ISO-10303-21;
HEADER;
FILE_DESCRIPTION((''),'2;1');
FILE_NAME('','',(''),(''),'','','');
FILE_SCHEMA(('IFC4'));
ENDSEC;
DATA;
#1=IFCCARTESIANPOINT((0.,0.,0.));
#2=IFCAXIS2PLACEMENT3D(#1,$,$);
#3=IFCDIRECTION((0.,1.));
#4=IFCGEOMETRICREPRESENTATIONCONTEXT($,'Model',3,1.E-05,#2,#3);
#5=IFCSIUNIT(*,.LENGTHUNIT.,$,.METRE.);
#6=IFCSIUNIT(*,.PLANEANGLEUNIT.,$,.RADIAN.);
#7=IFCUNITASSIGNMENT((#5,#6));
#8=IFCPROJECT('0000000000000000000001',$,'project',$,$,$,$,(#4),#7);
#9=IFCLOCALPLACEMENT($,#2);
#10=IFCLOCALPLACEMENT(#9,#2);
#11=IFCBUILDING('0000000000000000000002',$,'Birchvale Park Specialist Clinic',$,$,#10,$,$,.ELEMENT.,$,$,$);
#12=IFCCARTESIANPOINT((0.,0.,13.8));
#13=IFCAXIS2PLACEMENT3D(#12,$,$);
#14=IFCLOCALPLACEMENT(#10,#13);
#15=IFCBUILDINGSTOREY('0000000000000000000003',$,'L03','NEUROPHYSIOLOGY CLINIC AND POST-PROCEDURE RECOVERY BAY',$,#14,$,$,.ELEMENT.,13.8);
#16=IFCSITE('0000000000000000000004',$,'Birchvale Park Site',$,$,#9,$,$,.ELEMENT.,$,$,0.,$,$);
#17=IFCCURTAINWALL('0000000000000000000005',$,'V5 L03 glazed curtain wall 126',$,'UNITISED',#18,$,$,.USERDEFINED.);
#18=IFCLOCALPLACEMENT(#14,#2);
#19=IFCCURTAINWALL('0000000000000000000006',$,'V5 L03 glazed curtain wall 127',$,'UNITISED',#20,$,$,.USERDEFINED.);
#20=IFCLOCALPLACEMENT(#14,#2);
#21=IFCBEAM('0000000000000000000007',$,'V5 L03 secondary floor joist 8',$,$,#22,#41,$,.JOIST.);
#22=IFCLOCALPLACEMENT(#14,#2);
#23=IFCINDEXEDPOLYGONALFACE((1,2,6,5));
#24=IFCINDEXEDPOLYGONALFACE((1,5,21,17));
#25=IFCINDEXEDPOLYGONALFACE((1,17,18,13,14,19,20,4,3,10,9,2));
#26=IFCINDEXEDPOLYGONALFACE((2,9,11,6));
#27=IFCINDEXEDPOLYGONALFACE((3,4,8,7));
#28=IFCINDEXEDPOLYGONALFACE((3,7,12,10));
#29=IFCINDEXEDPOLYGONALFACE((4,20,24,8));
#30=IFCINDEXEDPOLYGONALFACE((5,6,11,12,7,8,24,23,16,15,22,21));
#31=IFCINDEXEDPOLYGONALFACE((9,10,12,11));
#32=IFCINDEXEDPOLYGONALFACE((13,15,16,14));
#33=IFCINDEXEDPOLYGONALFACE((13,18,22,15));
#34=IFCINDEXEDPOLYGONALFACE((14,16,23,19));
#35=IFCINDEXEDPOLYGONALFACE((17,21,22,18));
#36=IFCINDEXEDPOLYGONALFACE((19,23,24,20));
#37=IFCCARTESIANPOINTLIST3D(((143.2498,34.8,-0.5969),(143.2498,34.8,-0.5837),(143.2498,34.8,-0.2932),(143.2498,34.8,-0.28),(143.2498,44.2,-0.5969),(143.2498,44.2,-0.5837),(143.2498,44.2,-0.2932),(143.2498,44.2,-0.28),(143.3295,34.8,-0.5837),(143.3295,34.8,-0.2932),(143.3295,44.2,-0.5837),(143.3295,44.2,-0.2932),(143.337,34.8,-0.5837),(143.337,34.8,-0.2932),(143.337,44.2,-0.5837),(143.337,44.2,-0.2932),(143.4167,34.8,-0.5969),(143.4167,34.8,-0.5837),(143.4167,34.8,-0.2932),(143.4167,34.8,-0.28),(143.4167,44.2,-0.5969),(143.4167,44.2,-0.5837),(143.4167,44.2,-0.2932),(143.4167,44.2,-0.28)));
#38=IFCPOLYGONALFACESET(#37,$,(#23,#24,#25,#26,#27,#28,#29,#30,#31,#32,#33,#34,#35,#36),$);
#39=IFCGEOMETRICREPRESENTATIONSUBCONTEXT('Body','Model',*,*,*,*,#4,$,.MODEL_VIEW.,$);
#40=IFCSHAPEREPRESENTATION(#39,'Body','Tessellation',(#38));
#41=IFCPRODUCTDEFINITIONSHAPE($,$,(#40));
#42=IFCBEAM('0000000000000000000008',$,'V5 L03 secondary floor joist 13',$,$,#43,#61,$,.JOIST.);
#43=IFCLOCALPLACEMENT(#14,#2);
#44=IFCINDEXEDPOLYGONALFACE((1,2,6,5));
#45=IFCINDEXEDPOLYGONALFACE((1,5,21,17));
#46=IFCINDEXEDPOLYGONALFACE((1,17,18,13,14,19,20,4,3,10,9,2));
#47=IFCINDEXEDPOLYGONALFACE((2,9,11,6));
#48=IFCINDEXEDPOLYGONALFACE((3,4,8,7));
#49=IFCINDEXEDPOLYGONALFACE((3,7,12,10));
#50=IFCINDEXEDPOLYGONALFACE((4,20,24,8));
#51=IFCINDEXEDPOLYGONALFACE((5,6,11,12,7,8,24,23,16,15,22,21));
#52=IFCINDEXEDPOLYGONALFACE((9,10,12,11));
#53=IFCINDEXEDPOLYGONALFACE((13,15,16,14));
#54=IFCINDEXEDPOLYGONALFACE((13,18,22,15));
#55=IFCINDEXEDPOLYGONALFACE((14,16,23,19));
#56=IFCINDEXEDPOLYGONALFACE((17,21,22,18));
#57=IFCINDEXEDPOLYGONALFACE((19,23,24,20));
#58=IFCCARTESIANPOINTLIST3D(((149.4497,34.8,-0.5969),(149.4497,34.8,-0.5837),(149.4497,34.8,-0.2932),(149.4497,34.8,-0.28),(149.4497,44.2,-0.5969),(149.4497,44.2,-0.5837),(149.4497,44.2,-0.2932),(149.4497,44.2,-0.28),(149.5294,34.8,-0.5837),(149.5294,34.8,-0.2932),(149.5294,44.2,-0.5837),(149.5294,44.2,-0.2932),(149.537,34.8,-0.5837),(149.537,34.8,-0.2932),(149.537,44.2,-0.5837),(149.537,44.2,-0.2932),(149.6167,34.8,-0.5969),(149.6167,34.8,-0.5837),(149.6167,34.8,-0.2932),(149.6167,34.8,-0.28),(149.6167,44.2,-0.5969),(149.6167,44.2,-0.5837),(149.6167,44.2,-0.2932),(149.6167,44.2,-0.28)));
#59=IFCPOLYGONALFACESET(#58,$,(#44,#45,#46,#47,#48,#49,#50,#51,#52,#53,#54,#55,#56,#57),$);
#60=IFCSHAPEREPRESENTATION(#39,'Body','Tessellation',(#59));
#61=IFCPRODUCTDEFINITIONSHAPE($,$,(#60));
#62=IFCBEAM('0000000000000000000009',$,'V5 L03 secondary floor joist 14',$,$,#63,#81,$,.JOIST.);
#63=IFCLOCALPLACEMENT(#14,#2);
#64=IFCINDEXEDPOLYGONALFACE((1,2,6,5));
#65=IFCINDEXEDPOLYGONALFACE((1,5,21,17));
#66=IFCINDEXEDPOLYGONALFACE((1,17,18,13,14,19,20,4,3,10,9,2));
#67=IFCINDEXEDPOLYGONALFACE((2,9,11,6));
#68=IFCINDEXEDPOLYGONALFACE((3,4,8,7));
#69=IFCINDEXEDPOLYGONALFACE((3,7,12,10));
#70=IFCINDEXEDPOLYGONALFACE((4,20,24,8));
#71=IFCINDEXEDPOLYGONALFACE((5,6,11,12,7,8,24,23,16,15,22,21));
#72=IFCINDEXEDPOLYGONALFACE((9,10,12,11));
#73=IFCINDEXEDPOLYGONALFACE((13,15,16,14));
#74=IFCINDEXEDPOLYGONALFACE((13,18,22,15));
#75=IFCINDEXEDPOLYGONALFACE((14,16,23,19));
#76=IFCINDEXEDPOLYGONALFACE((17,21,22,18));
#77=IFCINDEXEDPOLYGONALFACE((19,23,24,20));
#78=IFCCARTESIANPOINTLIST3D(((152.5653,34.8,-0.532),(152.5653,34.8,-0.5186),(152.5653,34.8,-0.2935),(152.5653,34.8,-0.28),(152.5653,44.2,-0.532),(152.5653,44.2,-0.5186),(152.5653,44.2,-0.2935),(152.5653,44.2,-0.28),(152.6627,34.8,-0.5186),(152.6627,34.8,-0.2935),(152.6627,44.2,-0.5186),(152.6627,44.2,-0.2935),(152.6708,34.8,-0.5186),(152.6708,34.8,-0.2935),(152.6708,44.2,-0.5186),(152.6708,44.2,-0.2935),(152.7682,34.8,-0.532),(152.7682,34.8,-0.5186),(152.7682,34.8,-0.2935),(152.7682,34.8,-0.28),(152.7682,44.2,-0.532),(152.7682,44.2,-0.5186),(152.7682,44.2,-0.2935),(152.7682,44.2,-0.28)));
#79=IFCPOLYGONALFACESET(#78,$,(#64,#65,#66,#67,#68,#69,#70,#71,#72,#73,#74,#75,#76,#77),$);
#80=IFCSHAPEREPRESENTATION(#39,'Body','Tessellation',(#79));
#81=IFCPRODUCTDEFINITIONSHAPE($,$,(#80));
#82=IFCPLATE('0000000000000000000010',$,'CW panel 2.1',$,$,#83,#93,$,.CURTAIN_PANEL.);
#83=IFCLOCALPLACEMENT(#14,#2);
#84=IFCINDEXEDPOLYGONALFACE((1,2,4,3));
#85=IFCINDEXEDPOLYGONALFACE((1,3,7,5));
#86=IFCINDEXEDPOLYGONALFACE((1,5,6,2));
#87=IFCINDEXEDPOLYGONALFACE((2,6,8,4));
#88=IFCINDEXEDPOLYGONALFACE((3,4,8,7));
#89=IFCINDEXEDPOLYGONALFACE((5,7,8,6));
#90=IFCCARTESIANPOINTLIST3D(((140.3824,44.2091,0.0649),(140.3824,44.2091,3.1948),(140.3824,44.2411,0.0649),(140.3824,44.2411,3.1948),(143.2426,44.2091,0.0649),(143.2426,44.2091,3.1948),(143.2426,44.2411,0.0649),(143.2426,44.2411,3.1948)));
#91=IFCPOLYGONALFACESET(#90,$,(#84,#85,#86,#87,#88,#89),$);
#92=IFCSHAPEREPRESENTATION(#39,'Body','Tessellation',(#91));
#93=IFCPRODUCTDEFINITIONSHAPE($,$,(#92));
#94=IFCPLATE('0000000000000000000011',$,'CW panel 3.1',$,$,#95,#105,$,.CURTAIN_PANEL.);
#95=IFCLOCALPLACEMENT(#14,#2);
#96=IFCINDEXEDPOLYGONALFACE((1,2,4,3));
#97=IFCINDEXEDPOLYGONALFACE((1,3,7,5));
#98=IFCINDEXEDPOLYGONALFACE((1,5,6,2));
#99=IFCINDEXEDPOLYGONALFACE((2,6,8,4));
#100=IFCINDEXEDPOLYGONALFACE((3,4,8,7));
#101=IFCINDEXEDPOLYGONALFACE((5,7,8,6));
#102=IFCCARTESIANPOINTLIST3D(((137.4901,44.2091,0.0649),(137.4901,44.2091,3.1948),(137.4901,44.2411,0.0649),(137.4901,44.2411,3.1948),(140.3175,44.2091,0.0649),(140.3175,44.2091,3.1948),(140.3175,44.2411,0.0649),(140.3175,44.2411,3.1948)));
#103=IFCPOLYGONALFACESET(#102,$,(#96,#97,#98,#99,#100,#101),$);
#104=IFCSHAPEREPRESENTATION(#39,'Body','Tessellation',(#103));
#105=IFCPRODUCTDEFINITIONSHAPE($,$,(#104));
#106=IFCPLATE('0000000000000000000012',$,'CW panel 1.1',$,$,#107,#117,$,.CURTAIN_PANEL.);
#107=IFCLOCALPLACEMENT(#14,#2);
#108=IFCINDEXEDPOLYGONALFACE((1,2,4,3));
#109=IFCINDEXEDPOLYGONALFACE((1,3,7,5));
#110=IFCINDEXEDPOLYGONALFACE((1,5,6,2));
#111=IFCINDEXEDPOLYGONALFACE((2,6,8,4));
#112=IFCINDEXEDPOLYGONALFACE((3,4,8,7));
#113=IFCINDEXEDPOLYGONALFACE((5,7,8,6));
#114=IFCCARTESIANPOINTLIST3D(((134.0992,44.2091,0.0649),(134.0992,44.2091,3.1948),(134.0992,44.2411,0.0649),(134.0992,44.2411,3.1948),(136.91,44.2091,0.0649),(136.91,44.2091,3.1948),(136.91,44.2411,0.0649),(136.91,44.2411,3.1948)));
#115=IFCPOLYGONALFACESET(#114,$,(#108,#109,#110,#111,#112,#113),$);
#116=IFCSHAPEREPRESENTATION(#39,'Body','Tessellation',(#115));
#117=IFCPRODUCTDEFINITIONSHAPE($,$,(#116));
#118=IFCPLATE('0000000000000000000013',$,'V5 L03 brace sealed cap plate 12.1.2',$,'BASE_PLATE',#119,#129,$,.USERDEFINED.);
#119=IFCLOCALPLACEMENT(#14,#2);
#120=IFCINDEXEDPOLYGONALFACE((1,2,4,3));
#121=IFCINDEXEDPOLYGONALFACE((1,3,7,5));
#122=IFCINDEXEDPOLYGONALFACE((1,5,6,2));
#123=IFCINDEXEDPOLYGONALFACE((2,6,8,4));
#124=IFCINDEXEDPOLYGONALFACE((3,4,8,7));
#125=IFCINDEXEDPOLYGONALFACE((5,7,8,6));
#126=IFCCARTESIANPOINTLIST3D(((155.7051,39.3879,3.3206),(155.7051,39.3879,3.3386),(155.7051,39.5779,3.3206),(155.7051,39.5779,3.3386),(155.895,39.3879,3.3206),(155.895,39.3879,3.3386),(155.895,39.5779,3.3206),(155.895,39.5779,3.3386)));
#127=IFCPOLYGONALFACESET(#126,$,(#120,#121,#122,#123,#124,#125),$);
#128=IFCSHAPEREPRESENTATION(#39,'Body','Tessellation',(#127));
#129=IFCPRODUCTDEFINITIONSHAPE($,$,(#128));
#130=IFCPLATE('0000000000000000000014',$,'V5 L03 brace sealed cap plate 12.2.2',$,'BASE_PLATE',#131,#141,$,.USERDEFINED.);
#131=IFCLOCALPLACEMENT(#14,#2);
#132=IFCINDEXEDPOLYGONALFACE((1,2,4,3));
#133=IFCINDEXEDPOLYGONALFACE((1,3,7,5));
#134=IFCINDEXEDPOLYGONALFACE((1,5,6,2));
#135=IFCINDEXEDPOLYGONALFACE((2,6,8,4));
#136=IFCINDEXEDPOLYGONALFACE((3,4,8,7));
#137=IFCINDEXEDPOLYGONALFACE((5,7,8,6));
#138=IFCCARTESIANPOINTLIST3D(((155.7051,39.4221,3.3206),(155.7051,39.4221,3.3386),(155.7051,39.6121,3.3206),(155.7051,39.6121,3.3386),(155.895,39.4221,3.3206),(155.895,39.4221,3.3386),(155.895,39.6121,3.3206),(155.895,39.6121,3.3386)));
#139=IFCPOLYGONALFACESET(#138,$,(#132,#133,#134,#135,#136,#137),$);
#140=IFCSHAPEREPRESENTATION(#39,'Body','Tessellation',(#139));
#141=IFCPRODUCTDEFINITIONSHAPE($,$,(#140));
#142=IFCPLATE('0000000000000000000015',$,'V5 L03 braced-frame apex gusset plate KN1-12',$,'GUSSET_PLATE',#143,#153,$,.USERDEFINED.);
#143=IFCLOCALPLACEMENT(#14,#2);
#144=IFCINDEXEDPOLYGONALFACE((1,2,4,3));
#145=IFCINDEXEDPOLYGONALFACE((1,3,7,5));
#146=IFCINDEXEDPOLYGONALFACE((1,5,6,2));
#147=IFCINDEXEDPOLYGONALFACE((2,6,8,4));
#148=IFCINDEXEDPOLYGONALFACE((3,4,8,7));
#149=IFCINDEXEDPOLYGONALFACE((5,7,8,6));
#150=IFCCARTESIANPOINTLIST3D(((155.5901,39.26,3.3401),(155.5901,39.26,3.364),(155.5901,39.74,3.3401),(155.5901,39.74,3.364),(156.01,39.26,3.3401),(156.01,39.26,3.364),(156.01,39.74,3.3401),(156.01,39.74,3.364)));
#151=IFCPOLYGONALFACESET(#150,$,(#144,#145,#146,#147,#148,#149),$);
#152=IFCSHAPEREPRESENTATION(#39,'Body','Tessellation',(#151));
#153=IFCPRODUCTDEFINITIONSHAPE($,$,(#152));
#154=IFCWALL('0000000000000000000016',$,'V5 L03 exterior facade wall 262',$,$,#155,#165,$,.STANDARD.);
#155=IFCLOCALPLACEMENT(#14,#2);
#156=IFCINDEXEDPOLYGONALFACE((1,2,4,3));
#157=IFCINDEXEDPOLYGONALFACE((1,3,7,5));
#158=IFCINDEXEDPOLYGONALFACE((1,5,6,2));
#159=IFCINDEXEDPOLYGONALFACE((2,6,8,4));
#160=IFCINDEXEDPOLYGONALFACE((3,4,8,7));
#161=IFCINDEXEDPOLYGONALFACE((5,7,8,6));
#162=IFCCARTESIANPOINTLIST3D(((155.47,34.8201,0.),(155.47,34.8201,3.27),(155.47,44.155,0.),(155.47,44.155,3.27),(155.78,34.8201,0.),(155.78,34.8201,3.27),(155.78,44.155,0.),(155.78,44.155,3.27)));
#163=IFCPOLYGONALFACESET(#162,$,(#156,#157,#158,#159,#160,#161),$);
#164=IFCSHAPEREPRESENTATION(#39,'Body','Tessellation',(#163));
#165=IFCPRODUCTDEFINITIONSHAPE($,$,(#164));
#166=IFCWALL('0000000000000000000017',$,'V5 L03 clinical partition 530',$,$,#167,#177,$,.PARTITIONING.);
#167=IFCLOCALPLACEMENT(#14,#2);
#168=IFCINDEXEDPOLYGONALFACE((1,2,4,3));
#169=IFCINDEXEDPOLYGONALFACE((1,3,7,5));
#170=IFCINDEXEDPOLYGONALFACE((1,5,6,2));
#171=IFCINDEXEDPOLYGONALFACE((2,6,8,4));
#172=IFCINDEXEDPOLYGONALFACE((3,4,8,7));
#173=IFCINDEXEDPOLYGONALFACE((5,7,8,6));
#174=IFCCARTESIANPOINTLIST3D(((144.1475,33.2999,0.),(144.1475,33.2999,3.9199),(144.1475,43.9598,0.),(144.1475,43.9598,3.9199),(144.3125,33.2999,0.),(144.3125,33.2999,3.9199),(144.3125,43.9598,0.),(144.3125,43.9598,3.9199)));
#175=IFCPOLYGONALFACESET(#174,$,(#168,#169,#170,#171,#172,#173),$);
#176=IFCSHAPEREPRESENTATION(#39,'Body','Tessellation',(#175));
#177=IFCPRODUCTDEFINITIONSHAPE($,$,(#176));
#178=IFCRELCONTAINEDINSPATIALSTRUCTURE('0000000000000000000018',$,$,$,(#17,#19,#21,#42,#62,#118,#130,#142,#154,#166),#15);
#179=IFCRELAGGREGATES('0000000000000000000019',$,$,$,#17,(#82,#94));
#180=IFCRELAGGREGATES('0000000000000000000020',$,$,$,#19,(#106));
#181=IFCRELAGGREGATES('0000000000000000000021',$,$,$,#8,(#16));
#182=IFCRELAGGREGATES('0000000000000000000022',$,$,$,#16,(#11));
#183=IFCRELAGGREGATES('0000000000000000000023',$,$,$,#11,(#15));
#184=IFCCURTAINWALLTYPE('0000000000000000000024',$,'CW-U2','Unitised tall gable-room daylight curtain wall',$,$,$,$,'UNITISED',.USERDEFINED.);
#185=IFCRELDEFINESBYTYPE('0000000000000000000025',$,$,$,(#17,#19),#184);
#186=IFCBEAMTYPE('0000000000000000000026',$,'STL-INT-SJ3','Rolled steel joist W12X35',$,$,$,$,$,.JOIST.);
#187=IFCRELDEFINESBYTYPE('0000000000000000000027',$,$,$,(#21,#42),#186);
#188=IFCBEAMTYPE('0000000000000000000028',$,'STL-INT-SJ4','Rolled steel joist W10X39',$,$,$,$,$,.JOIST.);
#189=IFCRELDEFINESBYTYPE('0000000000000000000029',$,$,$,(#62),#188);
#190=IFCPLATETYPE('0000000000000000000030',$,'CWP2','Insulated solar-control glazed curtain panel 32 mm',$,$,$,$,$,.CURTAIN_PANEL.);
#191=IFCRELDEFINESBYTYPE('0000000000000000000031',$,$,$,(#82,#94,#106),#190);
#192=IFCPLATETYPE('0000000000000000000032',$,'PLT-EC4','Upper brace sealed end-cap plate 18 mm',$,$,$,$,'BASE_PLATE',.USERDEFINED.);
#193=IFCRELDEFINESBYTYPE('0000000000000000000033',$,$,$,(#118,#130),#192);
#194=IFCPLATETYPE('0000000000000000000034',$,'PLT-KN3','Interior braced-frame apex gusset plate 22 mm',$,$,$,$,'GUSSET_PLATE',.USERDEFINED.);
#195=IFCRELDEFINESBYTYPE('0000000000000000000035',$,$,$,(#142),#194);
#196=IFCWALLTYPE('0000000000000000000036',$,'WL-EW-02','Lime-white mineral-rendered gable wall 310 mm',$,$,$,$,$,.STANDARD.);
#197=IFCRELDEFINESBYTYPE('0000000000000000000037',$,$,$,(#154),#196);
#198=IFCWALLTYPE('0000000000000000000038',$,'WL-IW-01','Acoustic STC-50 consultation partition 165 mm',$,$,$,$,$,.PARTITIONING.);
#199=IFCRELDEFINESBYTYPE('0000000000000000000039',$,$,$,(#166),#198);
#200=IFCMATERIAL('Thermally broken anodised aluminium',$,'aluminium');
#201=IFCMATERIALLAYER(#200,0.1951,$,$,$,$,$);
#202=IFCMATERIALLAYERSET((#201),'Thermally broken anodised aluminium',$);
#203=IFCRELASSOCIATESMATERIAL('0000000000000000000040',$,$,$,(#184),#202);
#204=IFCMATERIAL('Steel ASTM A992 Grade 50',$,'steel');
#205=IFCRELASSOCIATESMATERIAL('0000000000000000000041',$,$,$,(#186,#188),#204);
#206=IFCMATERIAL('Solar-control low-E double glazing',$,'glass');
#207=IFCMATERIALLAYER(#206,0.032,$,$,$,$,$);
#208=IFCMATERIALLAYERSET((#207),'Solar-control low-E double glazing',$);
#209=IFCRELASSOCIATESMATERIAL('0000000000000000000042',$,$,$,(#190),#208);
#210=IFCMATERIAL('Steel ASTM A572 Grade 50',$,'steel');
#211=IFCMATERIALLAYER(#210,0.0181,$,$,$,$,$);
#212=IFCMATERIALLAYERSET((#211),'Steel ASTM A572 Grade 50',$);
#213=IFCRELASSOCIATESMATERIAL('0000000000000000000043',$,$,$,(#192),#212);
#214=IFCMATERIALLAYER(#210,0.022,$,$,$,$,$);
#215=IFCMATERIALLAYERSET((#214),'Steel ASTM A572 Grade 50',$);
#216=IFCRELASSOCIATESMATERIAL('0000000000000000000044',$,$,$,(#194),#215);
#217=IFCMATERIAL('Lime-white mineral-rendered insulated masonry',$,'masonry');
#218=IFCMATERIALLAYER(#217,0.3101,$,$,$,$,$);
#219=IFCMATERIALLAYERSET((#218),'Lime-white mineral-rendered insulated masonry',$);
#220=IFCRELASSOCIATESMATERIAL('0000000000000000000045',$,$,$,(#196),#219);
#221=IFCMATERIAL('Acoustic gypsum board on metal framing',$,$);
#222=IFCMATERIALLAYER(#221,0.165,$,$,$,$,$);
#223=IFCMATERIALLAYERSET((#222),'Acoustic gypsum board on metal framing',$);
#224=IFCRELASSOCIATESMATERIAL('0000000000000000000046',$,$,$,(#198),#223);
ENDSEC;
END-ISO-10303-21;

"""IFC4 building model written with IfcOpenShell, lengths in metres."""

from ifc_helpers import new_model, si_unit, direction, frame, frame_2d, origin, origin_2d, place, context, subcontext, project, spatial, rectangle, i_section, extrude, material, layer, layer_set, material_profile, profile_set, type_object, element, aggregate, save


model = new_model("IFC4")

# Units and contexts
model_context = context("Model", 3, precision=1e-05, world=origin(), true_north=direction((0.0, 1.0)))
body_context = subcontext(model_context, "Body", "Model", "MODEL_VIEW")
ifc_project = project(units=[si_unit("LENGTHUNIT", "METRE"), si_unit("PLANEANGLEUNIT", "RADIAN")], contexts=[model_context])

# Site, building, storey
site_placement = place(None, origin())
site = spatial("IfcSite", under=ifc_project, at=site_placement, Name="Birchvale Park Site", CompositionType="ELEMENT", RefElevation=0.0)
building_placement = place(site_placement, origin())
building = spatial("IfcBuilding", under=site, at=building_placement, Name="Birchvale Park Specialist Clinic", CompositionType="ELEMENT")
storey_placement = place(building_placement, frame((0.0, 0.0, 13.8)))
storey = spatial("IfcBuildingStorey", under=building, at=storey_placement, Name="L03", Description="NEUROPHYSIOLOGY CLINIC AND POST-PROCEDURE RECOVERY BAY", CompositionType="ELEMENT", Elevation=13.8)

# Curtain wall
ifc_material_1 = material(Name="Thermally broken anodised aluminium", Category="aluminium")
ifc_layer_1 = layer(ifc_material_1, 0.1951)
ifc_layer_set_1 = layer_set([ifc_layer_1], Name="Thermally broken anodised aluminium")
curtain_wall_type = type_object("IfcCurtainWallType", Name="CW-U2", Description="Unitised tall gable-room daylight curtain wall", ElementType="UNITISED", PredefinedType="USERDEFINED", material=ifc_layer_set_1)
curtain_wall_1_placement = place(storey_placement, origin())
curtain_wall_1 = element("IfcCurtainWall", 1, at=curtain_wall_1_placement, inside=storey, type_object=curtain_wall_type, Name="V5 L03 glazed curtain wall 126", ObjectType="UNITISED", PredefinedType="USERDEFINED")

# Curtain wall
curtain_wall_2_placement = place(storey_placement, origin())
curtain_wall_2 = element("IfcCurtainWall", 2, at=curtain_wall_2_placement, inside=storey, type_object=curtain_wall_type, Name="V5 L03 glazed curtain wall 127", ObjectType="UNITISED", PredefinedType="USERDEFINED")

# Beams
ifc_material_2 = material(Name="Steel ASTM A992 Grade 50", Category="steel")
ifc_material_profile_1 = material_profile(ifc_material_2, i_section(OverallWidth=0.167, OverallDepth=0.3169, WebThickness=0.0076, FlangeThickness=0.0132, at=origin_2d()), Name="W12X35")
ifc_profile_set_1 = profile_set([ifc_material_profile_1], Name="Steel ASTM A992 Grade 50")
beam_type_1 = type_object("IfcBeamType", Name="STL-INT-SJ3", Description="Rolled steel joist W12X35", PredefinedType="JOIST", material=ifc_profile_set_1)
for number, where, z_axis, x_axis, name in (
    (3, (143.3333, 34.8, -0.4385), (0.0, 1.0, 0.0), (-1.0, 0.0, 0.0), "V5 L03 secondary floor joist 8"),
    (4, (149.5332, 34.8, -0.4385), (0.0, 1.0, 0.0), (-1.0, 0.0, 0.0), "V5 L03 secondary floor joist 13"),
):
    element("IfcBeam", number, at=place(storey_placement, frame(where, z_axis=z_axis, x_axis=x_axis)), inside=storey, type_object=beam_type_1, Name=name, PredefinedType="JOIST", context=body_context, shape_type="SweptSolid", body=[
        extrude(i_section(OverallWidth=0.167, OverallDepth=0.3169, WebThickness=0.0076, FlangeThickness=0.0132, at=origin_2d()), origin(), (0.0, 0.0, 1.0), 9.3999),
    ])
ifc_material_profile_2 = material_profile(ifc_material_2, i_section(OverallWidth=0.2029, OverallDepth=0.252, WebThickness=0.0081, FlangeThickness=0.0134, at=origin_2d()), Name="W10X39")
ifc_profile_set_2 = profile_set([ifc_material_profile_2], Name="Steel ASTM A992 Grade 50")
beam_type_2 = type_object("IfcBeamType", Name="STL-INT-SJ4", Description="Rolled steel joist W10X39", PredefinedType="JOIST", material=ifc_profile_set_2)
beam_1_placement = place(storey_placement, frame((152.6667, 34.8, -0.406), z_axis=(0.0, 1.0, 0.0), x_axis=(-1.0, 0.0, 0.0)))
element("IfcBeam", 5, at=beam_1_placement, inside=storey, type_object=beam_type_2, Name="V5 L03 secondary floor joist 14", PredefinedType="JOIST", context=body_context, shape_type="SweptSolid", body=[
    extrude(i_section(OverallWidth=0.2029, OverallDepth=0.252, WebThickness=0.0081, FlangeThickness=0.0134, at=origin_2d()), origin(), (0.0, 0.0, 1.0), 9.3999),
])

# Plates
ifc_material_3 = material(Name="Solar-control low-E double glazing", Category="glass")
ifc_layer_2 = layer(ifc_material_3, 0.032)
ifc_layer_set_2 = layer_set([ifc_layer_2], Name="Solar-control low-E double glazing")
plate_type_1 = type_object("IfcPlateType", Name="CWP2", Description="Insulated solar-control glazed curtain panel 32 mm", PredefinedType="CURTAIN_PANEL", material=ifc_layer_set_2)
plate_1_placement = place(storey_placement, frame((141.8125, 44.2251, 0.0649), z_axis=(0.0, 0.0, 1.0), x_axis=(-1.0, 0.0, 0.0)))
plate_1 = element("IfcPlate", 6, at=plate_1_placement, type_object=plate_type_1, Name="CW panel 2.1", PredefinedType="CURTAIN_PANEL", context=body_context, shape_type="SweptSolid", body=[
    extrude(rectangle(XDim=2.8601, YDim=0.032, at=origin_2d()), origin(), (0.0, 0.0, 1.0), 3.1299),
])
plate_2_placement = place(storey_placement, frame((138.9038, 44.2251, 0.0649), z_axis=(0.0, 0.0, 1.0), x_axis=(-1.0, 0.0, 0.0)))
plate_2 = element("IfcPlate", 7, at=plate_2_placement, type_object=plate_type_1, Name="CW panel 3.1", PredefinedType="CURTAIN_PANEL", context=body_context, shape_type="SweptSolid", body=[
    extrude(rectangle(XDim=2.8274, YDim=0.032, at=origin_2d()), origin(), (0.0, 0.0, 1.0), 3.1299),
])
aggregate(curtain_wall_1, [plate_1, plate_2])
plate_3_placement = place(storey_placement, frame((135.5046, 44.2251, 0.0649), z_axis=(0.0, 0.0, 1.0), x_axis=(-1.0, 0.0, 0.0)))
plate_3 = element("IfcPlate", 8, at=plate_3_placement, type_object=plate_type_1, Name="CW panel 1.1", PredefinedType="CURTAIN_PANEL", context=body_context, shape_type="SweptSolid", body=[
    extrude(rectangle(XDim=2.8108, YDim=0.032, at=origin_2d()), origin(), (0.0, 0.0, 1.0), 3.1299),
])
aggregate(curtain_wall_2, [plate_3])

# Plates
ifc_material_4 = material(Name="Steel ASTM A572 Grade 50", Category="steel")
ifc_layer_3 = layer(ifc_material_4, 0.0181)
ifc_layer_set_3 = layer_set([ifc_layer_3], Name="Steel ASTM A572 Grade 50")
plate_type_2 = type_object("IfcPlateType", Name="PLT-EC4", Description="Upper brace sealed end-cap plate 18 mm", ElementType="BASE_PLATE", PredefinedType="USERDEFINED", material=ifc_layer_set_3)
for number, where, z_axis, x_axis, name in (
    (9, (155.8, 39.4829, 3.3206), (0.0, 0.0, 1.0), (1.0, 0.0, 0.0), "V5 L03 brace sealed cap plate 12.1.2"),
    (10, (155.8, 39.5171, 3.3206), (0.0, 0.0, 1.0), (1.0, 0.0, 0.0), "V5 L03 brace sealed cap plate 12.2.2"),
):
    element("IfcPlate", number, at=place(storey_placement, frame(where, z_axis=z_axis, x_axis=x_axis)), inside=storey, type_object=plate_type_2, Name=name, ObjectType="BASE_PLATE", PredefinedType="USERDEFINED", context=body_context, shape_type="SweptSolid", body=[
        extrude(rectangle(XDim=0.1899, YDim=0.1899, at=origin_2d()), origin(), (0.0, 0.0, 1.0), 0.0181),
    ])
ifc_layer_4 = layer(ifc_material_4, 0.022)
ifc_layer_set_4 = layer_set([ifc_layer_4], Name="Steel ASTM A572 Grade 50")
plate_type_3 = type_object("IfcPlateType", Name="PLT-KN3", Description="Interior braced-frame apex gusset plate 22 mm", ElementType="GUSSET_PLATE", PredefinedType="USERDEFINED", material=ifc_layer_set_4)
plate_4_placement = place(storey_placement, frame((155.8, 39.5, 3.3401), z_axis=(0.0, 0.0, 1.0), x_axis=(1.0, 0.0, 0.0)))
element("IfcPlate", 11, at=plate_4_placement, inside=storey, type_object=plate_type_3, Name="V5 L03 braced-frame apex gusset plate KN1-12", ObjectType="GUSSET_PLATE", PredefinedType="USERDEFINED", context=body_context, shape_type="SweptSolid", body=[
    extrude(rectangle(XDim=0.4199, YDim=0.48, at=origin_2d()), origin(), (0.0, 0.0, 1.0), 0.0239),
])

# Walls
ifc_material_5 = material(Name="Lime-white mineral-rendered insulated masonry", Category="masonry")
ifc_layer_5 = layer(ifc_material_5, 0.3101)
ifc_layer_set_5 = layer_set([ifc_layer_5], Name="Lime-white mineral-rendered insulated masonry")
wall_type_1 = type_object("IfcWallType", Name="WL-EW-02", Description="Lime-white mineral-rendered gable wall 310 mm", PredefinedType="STANDARD", material=ifc_layer_set_5)
wall_1_placement = place(storey_placement, frame((155.625, 34.8201, 0.0), z_axis=(0.0, 0.0, 1.0), x_axis=(0.0, 1.0, 0.0)))
element("IfcWall", 12, at=wall_1_placement, inside=storey, type_object=wall_type_1, Name="V5 L03 exterior facade wall 262", PredefinedType="STANDARD", context=body_context, shape_type="SweptSolid", body=[
    extrude(rectangle(XDim=9.335, YDim=0.3101, at=frame_2d((4.6675, 0.0))), origin(), (0.0, 0.0, 1.0), 3.27),
])
ifc_material_6 = material(Name="Acoustic gypsum board on metal framing")
ifc_layer_6 = layer(ifc_material_6, 0.165)
ifc_layer_set_6 = layer_set([ifc_layer_6], Name="Acoustic gypsum board on metal framing")
wall_type_2 = type_object("IfcWallType", Name="WL-IW-01", Description="Acoustic STC-50 consultation partition 165 mm", PredefinedType="PARTITIONING", material=ifc_layer_set_6)
wall_2_placement = place(storey_placement, frame((144.23, 43.96, 0.0), z_axis=(0.0, 0.0, 1.0), x_axis=(0.0, -1.0, 0.0)))
element("IfcWall", 13, at=wall_2_placement, inside=storey, type_object=wall_type_2, Name="V5 L03 clinical partition 530", PredefinedType="PARTITIONING", context=body_context, shape_type="SweptSolid", body=[
    extrude(rectangle(XDim=10.6599, YDim=0.165, at=frame_2d((5.3301, 0.0))), origin(), (0.0, 0.0, 1.0), 3.9199),
])

save(model, "model.ifc")
